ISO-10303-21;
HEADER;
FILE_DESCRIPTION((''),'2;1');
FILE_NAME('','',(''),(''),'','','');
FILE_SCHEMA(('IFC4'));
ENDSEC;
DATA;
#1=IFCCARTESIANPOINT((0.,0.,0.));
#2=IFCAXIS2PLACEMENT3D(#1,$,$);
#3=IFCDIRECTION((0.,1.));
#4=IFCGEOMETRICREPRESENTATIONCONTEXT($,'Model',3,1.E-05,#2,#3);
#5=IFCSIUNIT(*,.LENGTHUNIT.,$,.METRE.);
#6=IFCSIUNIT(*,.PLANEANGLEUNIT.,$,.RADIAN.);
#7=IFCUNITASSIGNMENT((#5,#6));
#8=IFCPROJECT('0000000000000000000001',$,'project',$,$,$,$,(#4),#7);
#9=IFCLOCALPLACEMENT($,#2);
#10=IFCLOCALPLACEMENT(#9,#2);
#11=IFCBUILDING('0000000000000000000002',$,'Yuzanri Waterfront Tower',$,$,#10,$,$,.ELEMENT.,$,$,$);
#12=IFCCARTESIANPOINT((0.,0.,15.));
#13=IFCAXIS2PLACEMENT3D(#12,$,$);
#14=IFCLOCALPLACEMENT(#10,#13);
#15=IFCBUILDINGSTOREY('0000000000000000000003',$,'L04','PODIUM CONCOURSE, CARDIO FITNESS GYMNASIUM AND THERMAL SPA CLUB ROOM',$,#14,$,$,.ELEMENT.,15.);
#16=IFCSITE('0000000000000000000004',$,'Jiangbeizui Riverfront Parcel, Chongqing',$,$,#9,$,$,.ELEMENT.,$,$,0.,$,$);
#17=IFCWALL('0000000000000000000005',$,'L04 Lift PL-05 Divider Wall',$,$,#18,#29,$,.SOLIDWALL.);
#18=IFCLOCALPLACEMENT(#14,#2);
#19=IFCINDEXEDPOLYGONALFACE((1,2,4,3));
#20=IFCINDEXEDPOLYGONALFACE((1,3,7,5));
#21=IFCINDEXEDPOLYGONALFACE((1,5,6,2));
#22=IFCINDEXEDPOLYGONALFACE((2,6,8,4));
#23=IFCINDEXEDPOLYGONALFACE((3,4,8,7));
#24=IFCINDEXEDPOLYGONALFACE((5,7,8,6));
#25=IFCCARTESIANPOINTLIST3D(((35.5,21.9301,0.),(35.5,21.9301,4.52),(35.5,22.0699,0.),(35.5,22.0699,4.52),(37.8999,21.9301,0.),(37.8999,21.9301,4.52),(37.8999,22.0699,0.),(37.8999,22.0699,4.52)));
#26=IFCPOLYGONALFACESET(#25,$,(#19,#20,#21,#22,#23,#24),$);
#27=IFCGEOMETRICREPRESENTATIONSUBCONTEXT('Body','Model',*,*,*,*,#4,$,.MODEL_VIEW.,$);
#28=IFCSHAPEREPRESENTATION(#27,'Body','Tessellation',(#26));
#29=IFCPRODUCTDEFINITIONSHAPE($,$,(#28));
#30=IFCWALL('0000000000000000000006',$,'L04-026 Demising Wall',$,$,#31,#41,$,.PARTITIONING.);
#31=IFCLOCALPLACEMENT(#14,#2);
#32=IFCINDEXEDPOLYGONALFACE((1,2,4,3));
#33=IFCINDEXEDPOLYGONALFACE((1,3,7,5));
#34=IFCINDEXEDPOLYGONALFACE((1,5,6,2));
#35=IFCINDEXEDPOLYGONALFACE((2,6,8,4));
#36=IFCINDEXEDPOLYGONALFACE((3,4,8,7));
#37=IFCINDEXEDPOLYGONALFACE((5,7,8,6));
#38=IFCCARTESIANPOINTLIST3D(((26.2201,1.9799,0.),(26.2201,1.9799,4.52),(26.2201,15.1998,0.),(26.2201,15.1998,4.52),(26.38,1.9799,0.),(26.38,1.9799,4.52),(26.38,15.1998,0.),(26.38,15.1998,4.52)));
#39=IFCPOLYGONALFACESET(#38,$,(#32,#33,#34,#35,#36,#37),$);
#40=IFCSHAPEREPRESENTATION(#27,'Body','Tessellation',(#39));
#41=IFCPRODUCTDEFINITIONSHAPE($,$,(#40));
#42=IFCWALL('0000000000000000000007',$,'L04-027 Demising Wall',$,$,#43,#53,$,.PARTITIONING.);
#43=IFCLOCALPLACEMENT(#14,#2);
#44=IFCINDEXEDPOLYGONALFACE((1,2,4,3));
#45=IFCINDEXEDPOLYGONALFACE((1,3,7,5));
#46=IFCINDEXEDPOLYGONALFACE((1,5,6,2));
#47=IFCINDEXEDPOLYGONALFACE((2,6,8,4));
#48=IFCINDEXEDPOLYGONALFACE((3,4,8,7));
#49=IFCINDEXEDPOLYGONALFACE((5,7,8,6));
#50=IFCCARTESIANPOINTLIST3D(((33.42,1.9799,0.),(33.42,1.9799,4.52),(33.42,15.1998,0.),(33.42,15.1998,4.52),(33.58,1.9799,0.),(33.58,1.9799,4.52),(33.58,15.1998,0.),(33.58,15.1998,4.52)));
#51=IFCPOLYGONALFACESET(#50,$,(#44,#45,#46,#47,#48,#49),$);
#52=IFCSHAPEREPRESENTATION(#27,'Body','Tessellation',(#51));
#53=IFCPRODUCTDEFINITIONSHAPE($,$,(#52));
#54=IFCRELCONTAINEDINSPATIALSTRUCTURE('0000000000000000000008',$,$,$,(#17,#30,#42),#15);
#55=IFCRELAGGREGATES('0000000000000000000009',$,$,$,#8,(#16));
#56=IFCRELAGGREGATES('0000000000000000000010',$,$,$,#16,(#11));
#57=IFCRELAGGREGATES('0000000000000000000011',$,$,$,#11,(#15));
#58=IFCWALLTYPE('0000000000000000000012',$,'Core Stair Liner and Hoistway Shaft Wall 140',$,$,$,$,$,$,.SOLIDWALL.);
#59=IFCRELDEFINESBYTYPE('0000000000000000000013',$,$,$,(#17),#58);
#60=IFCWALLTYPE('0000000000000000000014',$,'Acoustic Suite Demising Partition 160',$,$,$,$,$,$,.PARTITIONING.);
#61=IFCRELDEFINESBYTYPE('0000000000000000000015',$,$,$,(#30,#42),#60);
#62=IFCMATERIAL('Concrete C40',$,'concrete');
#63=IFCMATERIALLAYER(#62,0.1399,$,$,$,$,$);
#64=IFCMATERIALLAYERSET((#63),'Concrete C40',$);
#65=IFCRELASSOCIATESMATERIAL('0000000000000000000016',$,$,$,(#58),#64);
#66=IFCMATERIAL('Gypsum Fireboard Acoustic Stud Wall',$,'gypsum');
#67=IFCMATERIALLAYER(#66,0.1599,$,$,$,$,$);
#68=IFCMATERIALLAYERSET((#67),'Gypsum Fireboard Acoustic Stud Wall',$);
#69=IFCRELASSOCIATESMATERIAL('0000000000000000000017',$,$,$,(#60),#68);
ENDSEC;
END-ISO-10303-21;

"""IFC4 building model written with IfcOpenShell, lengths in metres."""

from ifc_helpers import new_model, si_unit, direction, frame, frame_2d, origin, place, context, subcontext, project, spatial, rectangle, extrude, source, transform, mapped, material, layer, layer_set, type_object, element, save


model = new_model("IFC4")

# Units and contexts
model_context = context("Model", 3, precision=1e-05, world=origin(), true_north=direction((0.0, 1.0)))
body_context = subcontext(model_context, "Body", "Model", "MODEL_VIEW")
ifc_project = project(units=[si_unit("LENGTHUNIT", "METRE"), si_unit("PLANEANGLEUNIT", "RADIAN")], contexts=[model_context])

# Site, building, storey
site_placement = place(None, origin())
site = spatial("IfcSite", under=ifc_project, at=site_placement, Name="Jiangbeizui Riverfront Parcel, Chongqing", CompositionType="ELEMENT", RefElevation=0.0)
building_placement = place(site_placement, origin())
building = spatial("IfcBuilding", under=site, at=building_placement, Name="Yuzanri Waterfront Tower", CompositionType="ELEMENT")
storey_placement = place(building_placement, frame((0.0, 0.0, 15.0)))
storey = spatial("IfcBuildingStorey", under=building, at=storey_placement, Name="L04", Description="PODIUM CONCOURSE, CARDIO FITNESS GYMNASIUM AND THERMAL SPA CLUB ROOM", CompositionType="ELEMENT", Elevation=15.0)

# Shared definitions
ifc_material_1 = material(Name="Concrete C40", Category="concrete")
ifc_layer_1 = layer(ifc_material_1, 0.1399)
ifc_layer_set_1 = layer_set([ifc_layer_1], Name="Concrete C40")
wall_type_1 = type_object("IfcWallType", Name="Core Stair Liner and Hoistway Shaft Wall 140", PredefinedType="SOLIDWALL", material=ifc_layer_set_1)

# Walls
shared_shape_1 = source(origin(), body_context, "Body", "SweptSolid", [
    extrude(rectangle(XDim=2.3999, YDim=0.1399, at=frame_2d((1.2, 0.0))), origin(), (0.0, 0.0, 1.0), 4.52),
])
wall_1_placement = place(storey_placement, frame((35.5, 22.0, 0.0), z_axis=(0.0, 0.0, 1.0), x_axis=(1.0, 0.0, 0.0)))
element("IfcWall", 1, at=wall_1_placement, inside=storey, type_object=wall_type_1, Name="L04 Lift PL-05 Divider Wall", PredefinedType="SOLIDWALL", context=body_context, shape_type="MappedRepresentation", body=[
    mapped(shared_shape_1, transform((0.0, 0.0, 0.0), scale=1.0)),
])
ifc_material_2 = material(Name="Gypsum Fireboard Acoustic Stud Wall", Category="gypsum")
ifc_layer_2 = layer(ifc_material_2, 0.1599)
ifc_layer_set_2 = layer_set([ifc_layer_2], Name="Gypsum Fireboard Acoustic Stud Wall")
wall_type_2 = type_object("IfcWallType", Name="Acoustic Suite Demising Partition 160", PredefinedType="PARTITIONING", material=ifc_layer_set_2)
shared_shape_2 = source(origin(), body_context, "Body", "SweptSolid", [
    extrude(rectangle(XDim=13.22, YDim=0.1599, at=frame_2d((6.6099, 0.0))), origin(), (0.0, 0.0, 1.0), 4.52),
])
for number, where, z_axis, x_axis, name in (
    (2, (26.3, 1.98, 0.0), (0.0, 0.0, 1.0), (0.0, 1.0, 0.0), "L04-026 Demising Wall"),
    (3, (33.5, 1.98, 0.0), (0.0, 0.0, 1.0), (0.0, 1.0, 0.0), "L04-027 Demising Wall"),
):
    element("IfcWall", number, at=place(storey_placement, frame(where, z_axis=z_axis, x_axis=x_axis)), inside=storey, type_object=wall_type_2, Name=name, PredefinedType="PARTITIONING", context=body_context, shape_type="MappedRepresentation", body=[
        mapped(shared_shape_2, transform((0.0, 0.0, 0.0), scale=1.0)),
    ])

save(model, "model.ifc")
